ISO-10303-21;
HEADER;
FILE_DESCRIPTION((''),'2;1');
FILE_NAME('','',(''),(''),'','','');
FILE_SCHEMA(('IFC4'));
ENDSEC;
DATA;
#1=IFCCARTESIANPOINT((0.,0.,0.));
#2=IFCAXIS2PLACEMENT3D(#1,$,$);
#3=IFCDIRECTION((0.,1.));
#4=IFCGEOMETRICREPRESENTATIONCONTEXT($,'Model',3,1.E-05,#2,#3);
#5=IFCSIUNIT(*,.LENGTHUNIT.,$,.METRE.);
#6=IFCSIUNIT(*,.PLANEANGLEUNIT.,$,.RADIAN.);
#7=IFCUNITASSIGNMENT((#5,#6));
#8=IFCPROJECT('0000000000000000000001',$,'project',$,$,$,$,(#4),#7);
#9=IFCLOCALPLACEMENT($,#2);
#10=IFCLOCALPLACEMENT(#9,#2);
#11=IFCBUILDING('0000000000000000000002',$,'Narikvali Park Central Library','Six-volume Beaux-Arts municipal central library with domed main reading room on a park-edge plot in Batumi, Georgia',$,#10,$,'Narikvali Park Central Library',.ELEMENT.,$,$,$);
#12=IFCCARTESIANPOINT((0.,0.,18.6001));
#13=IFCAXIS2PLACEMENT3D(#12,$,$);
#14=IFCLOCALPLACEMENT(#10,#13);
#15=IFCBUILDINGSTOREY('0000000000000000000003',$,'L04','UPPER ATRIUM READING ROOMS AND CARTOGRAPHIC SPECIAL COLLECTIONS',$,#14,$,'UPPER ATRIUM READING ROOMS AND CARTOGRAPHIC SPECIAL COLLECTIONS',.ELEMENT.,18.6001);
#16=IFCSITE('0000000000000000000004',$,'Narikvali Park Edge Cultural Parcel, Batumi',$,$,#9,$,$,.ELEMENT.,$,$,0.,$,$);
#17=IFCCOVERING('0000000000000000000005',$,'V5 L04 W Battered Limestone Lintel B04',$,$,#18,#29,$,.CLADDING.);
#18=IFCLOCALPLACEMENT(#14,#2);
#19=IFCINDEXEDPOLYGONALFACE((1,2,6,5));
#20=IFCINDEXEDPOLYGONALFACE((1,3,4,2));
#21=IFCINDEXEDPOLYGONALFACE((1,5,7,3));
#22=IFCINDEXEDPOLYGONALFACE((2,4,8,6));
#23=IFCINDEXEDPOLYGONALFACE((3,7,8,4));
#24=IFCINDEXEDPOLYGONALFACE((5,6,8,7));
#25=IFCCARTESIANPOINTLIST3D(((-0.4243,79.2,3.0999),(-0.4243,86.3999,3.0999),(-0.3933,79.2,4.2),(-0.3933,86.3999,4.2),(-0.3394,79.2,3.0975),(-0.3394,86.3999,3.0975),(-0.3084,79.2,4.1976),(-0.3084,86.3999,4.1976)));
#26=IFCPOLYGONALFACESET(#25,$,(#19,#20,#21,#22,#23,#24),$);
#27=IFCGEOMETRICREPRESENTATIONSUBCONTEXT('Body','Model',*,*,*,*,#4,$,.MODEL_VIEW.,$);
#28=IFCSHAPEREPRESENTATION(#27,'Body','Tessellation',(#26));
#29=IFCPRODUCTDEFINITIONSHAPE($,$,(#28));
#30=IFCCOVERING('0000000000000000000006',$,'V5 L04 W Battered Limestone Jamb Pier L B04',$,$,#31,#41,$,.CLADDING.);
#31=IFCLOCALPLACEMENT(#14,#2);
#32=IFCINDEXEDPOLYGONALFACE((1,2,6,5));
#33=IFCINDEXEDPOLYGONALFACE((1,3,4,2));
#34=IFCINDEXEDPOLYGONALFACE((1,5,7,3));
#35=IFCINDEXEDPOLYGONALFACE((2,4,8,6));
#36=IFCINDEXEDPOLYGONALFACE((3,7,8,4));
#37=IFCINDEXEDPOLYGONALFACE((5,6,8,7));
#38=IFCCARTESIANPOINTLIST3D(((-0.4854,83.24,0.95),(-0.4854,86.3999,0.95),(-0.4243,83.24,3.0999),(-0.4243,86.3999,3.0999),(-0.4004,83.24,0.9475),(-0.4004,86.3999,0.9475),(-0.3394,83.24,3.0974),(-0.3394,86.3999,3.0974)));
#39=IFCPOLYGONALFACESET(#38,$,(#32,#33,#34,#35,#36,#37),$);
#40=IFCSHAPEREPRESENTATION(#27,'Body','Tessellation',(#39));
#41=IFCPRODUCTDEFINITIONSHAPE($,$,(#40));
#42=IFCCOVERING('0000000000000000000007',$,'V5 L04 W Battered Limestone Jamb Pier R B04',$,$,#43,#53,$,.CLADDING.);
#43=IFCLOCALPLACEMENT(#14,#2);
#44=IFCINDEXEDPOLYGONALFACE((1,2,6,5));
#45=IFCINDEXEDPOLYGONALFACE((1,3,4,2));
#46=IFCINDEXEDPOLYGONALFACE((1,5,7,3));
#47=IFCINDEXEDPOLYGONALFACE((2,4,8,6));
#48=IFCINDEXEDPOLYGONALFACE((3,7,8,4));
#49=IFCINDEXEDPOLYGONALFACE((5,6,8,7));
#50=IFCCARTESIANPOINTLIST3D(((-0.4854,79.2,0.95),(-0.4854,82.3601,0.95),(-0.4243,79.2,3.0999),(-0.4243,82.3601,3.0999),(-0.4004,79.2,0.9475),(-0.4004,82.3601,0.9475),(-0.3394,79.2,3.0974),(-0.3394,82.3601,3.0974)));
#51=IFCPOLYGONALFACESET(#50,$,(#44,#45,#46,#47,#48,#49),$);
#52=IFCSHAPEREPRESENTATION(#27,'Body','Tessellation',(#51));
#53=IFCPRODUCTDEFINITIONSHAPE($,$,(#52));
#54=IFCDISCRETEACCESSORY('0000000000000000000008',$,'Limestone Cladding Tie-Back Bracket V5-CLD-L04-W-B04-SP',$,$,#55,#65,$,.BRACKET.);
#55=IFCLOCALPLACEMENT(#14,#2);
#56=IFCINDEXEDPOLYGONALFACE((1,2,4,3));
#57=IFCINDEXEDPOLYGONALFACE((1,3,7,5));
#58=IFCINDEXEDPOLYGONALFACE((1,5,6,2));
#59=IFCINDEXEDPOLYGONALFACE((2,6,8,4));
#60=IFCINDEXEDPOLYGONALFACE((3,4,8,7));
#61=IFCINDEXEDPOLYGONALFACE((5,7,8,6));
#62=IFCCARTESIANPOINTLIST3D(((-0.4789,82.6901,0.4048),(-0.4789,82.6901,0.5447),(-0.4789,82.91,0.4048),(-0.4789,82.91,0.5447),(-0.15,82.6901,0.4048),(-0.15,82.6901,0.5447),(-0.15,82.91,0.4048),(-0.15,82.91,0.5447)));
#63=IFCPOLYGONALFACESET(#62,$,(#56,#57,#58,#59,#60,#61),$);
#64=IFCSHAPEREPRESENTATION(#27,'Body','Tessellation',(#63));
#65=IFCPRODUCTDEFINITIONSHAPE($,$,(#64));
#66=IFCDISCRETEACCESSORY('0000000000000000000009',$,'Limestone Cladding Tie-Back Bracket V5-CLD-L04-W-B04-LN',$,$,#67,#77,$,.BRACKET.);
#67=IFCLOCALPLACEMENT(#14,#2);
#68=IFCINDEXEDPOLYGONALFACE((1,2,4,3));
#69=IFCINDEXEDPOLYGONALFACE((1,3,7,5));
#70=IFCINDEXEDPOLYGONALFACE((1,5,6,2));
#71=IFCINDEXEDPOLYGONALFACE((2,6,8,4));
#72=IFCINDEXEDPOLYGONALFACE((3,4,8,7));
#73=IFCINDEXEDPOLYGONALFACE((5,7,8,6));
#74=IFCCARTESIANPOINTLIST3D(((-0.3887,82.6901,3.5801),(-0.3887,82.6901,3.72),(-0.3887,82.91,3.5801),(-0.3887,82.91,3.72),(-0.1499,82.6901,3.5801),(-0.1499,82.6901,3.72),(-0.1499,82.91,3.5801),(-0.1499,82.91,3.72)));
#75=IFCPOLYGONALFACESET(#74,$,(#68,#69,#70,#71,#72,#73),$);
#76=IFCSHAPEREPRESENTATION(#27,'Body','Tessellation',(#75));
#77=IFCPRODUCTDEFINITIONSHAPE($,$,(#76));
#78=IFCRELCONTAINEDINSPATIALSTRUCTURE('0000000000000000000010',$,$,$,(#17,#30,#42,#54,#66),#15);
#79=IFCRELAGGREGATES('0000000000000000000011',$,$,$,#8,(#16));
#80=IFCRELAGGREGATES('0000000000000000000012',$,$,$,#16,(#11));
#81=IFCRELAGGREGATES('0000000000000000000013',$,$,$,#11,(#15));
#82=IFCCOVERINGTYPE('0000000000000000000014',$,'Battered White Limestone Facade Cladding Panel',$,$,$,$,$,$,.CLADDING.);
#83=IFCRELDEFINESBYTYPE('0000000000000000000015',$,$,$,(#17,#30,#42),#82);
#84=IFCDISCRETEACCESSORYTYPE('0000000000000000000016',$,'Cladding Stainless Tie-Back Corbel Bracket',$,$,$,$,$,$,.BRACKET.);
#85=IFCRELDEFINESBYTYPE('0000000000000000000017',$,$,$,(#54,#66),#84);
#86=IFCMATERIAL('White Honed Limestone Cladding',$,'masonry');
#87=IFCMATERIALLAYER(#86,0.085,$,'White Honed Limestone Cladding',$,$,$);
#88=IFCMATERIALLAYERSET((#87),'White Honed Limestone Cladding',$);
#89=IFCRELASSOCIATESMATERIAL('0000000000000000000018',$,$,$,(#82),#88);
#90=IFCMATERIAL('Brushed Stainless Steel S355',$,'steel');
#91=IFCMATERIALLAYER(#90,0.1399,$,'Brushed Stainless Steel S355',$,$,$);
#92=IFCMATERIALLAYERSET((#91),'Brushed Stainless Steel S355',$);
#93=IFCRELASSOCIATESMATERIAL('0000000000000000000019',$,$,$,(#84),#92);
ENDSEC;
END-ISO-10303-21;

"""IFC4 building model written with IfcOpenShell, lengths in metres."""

from ifc_helpers import new_model, si_unit, direction, frame, origin, origin_2d, place, context, subcontext, project, spatial, polyline, rectangle, outline, extrude, material, layer, layer_set, type_object, element, save


model = new_model("IFC4")

# Units and contexts
model_context = context("Model", 3, precision=1e-05, world=origin(), true_north=direction((0.0, 1.0)))
body_context = subcontext(model_context, "Body", "Model", "MODEL_VIEW")
ifc_project = project(units=[si_unit("LENGTHUNIT", "METRE"), si_unit("PLANEANGLEUNIT", "RADIAN")], contexts=[model_context])

# Site, building, storey
site_placement = place(None, origin())
site = spatial("IfcSite", under=ifc_project, at=site_placement, Name="Narikvali Park Edge Cultural Parcel, Batumi", CompositionType="ELEMENT", RefElevation=0.0)
building_placement = place(site_placement, origin())
building = spatial("IfcBuilding", under=site, at=building_placement, Name="Narikvali Park Central Library", Description="Six-volume Beaux-Arts municipal central library with domed main reading room on a park-edge plot in Batumi, Georgia", LongName="Narikvali Park Central Library", CompositionType="ELEMENT")
storey_placement = place(building_placement, frame((0.0, 0.0, 18.6001)))
storey = spatial("IfcBuildingStorey", under=building, at=storey_placement, Name="L04", Description="UPPER ATRIUM READING ROOMS AND CARTOGRAPHIC SPECIAL COLLECTIONS", LongName="UPPER ATRIUM READING ROOMS AND CARTOGRAPHIC SPECIAL COLLECTIONS", CompositionType="ELEMENT", Elevation=18.6001)

# Coverings
ifc_material_1 = material(Name="White Honed Limestone Cladding", Category="masonry")
ifc_layer_1 = layer(ifc_material_1, 0.085, Name="White Honed Limestone Cladding")
ifc_layer_set_1 = layer_set([ifc_layer_1], Name="White Honed Limestone Cladding")
covering_type = type_object("IfcCoveringType", Name="Battered White Limestone Facade Cladding Panel", PredefinedType="CLADDING", material=ifc_layer_set_1)
covering_1_placement = place(storey_placement, frame((-0.4243, 86.3999, 3.0999), z_axis=(-0.999603, 0.0, 0.028173), x_axis=(0.0, -1.0, 0.0)))
element("IfcCovering", 1, at=covering_1_placement, inside=storey, type_object=covering_type, Name="V5 L04 W Battered Limestone Lintel B04", PredefinedType="CLADDING", context=body_context, shape_type="SweptSolid", body=[
    extrude(outline(polyline([(0.0, 0.0), (7.2, 0.0), (7.2, 1.1005), (0.0, 1.1005), (0.0, 0.0)])), origin(), (0.0, 0.0, -1.0), 0.085),
])
covering_2_placement = place(storey_placement, frame((-0.4854, 86.3999, 0.95), z_axis=(-0.999597, 0.0, 0.028378), x_axis=(0.0, -1.0, 0.0)))
element("IfcCovering", 2, at=covering_2_placement, inside=storey, type_object=covering_type, Name="V5 L04 W Battered Limestone Jamb Pier L B04", PredefinedType="CLADDING", context=body_context, shape_type="SweptSolid", body=[
    extrude(outline(polyline([(0.0, 0.0), (3.1599, 0.0), (3.1599, 2.1508), (0.0, 2.1508), (0.0, 0.0)])), origin(), (0.0, 0.0, -1.0), 0.085),
])
covering_3_placement = place(storey_placement, frame((-0.4854, 82.3601, 0.95), z_axis=(-0.999597, 0.0, 0.028378), x_axis=(0.0, -1.0, 0.0)))
element("IfcCovering", 3, at=covering_3_placement, inside=storey, type_object=covering_type, Name="V5 L04 W Battered Limestone Jamb Pier R B04", PredefinedType="CLADDING", context=body_context, shape_type="SweptSolid", body=[
    extrude(outline(polyline([(0.0, 0.0), (3.1602, 0.0), (3.1602, 2.1508), (0.0, 2.1508), (0.0, 0.0)])), origin(), (0.0, 0.0, -1.0), 0.085),
])

# Discrete accessories
ifc_material_2 = material(Name="Brushed Stainless Steel S355", Category="steel")
ifc_layer_2 = layer(ifc_material_2, 0.1399, Name="Brushed Stainless Steel S355")
ifc_layer_set_2 = layer_set([ifc_layer_2], Name="Brushed Stainless Steel S355")
discrete_accessory_type = type_object("IfcDiscreteAccessoryType", Name="Cladding Stainless Tie-Back Corbel Bracket", PredefinedType="BRACKET", material=ifc_layer_set_2)
discrete_accessory_1_placement = place(storey_placement, frame((-0.3145, 82.8, 0.4048), z_axis=(0.0, 0.0, 1.0), x_axis=(1.0, 0.0, 0.0)))
element("IfcDiscreteAccessory", 4, at=discrete_accessory_1_placement, inside=storey, type_object=discrete_accessory_type, Name="Limestone Cladding Tie-Back Bracket V5-CLD-L04-W-B04-SP", PredefinedType="BRACKET", context=body_context, shape_type="SweptSolid", body=[
    extrude(rectangle(XDim=0.3289, YDim=0.22, at=origin_2d()), origin(), (0.0, 0.0, 1.0), 0.1399),
])
discrete_accessory_2_placement = place(storey_placement, frame((-0.2693, 82.8, 3.5801), z_axis=(0.0, 0.0, 1.0), x_axis=(1.0, 0.0, 0.0)))
element("IfcDiscreteAccessory", 5, at=discrete_accessory_2_placement, inside=storey, type_object=discrete_accessory_type, Name="Limestone Cladding Tie-Back Bracket V5-CLD-L04-W-B04-LN", PredefinedType="BRACKET", context=body_context, shape_type="SweptSolid", body=[
    extrude(rectangle(XDim=0.2388, YDim=0.22, at=origin_2d()), origin(), (0.0, 0.0, 1.0), 0.1399),
])

save(model, "model.ifc")
